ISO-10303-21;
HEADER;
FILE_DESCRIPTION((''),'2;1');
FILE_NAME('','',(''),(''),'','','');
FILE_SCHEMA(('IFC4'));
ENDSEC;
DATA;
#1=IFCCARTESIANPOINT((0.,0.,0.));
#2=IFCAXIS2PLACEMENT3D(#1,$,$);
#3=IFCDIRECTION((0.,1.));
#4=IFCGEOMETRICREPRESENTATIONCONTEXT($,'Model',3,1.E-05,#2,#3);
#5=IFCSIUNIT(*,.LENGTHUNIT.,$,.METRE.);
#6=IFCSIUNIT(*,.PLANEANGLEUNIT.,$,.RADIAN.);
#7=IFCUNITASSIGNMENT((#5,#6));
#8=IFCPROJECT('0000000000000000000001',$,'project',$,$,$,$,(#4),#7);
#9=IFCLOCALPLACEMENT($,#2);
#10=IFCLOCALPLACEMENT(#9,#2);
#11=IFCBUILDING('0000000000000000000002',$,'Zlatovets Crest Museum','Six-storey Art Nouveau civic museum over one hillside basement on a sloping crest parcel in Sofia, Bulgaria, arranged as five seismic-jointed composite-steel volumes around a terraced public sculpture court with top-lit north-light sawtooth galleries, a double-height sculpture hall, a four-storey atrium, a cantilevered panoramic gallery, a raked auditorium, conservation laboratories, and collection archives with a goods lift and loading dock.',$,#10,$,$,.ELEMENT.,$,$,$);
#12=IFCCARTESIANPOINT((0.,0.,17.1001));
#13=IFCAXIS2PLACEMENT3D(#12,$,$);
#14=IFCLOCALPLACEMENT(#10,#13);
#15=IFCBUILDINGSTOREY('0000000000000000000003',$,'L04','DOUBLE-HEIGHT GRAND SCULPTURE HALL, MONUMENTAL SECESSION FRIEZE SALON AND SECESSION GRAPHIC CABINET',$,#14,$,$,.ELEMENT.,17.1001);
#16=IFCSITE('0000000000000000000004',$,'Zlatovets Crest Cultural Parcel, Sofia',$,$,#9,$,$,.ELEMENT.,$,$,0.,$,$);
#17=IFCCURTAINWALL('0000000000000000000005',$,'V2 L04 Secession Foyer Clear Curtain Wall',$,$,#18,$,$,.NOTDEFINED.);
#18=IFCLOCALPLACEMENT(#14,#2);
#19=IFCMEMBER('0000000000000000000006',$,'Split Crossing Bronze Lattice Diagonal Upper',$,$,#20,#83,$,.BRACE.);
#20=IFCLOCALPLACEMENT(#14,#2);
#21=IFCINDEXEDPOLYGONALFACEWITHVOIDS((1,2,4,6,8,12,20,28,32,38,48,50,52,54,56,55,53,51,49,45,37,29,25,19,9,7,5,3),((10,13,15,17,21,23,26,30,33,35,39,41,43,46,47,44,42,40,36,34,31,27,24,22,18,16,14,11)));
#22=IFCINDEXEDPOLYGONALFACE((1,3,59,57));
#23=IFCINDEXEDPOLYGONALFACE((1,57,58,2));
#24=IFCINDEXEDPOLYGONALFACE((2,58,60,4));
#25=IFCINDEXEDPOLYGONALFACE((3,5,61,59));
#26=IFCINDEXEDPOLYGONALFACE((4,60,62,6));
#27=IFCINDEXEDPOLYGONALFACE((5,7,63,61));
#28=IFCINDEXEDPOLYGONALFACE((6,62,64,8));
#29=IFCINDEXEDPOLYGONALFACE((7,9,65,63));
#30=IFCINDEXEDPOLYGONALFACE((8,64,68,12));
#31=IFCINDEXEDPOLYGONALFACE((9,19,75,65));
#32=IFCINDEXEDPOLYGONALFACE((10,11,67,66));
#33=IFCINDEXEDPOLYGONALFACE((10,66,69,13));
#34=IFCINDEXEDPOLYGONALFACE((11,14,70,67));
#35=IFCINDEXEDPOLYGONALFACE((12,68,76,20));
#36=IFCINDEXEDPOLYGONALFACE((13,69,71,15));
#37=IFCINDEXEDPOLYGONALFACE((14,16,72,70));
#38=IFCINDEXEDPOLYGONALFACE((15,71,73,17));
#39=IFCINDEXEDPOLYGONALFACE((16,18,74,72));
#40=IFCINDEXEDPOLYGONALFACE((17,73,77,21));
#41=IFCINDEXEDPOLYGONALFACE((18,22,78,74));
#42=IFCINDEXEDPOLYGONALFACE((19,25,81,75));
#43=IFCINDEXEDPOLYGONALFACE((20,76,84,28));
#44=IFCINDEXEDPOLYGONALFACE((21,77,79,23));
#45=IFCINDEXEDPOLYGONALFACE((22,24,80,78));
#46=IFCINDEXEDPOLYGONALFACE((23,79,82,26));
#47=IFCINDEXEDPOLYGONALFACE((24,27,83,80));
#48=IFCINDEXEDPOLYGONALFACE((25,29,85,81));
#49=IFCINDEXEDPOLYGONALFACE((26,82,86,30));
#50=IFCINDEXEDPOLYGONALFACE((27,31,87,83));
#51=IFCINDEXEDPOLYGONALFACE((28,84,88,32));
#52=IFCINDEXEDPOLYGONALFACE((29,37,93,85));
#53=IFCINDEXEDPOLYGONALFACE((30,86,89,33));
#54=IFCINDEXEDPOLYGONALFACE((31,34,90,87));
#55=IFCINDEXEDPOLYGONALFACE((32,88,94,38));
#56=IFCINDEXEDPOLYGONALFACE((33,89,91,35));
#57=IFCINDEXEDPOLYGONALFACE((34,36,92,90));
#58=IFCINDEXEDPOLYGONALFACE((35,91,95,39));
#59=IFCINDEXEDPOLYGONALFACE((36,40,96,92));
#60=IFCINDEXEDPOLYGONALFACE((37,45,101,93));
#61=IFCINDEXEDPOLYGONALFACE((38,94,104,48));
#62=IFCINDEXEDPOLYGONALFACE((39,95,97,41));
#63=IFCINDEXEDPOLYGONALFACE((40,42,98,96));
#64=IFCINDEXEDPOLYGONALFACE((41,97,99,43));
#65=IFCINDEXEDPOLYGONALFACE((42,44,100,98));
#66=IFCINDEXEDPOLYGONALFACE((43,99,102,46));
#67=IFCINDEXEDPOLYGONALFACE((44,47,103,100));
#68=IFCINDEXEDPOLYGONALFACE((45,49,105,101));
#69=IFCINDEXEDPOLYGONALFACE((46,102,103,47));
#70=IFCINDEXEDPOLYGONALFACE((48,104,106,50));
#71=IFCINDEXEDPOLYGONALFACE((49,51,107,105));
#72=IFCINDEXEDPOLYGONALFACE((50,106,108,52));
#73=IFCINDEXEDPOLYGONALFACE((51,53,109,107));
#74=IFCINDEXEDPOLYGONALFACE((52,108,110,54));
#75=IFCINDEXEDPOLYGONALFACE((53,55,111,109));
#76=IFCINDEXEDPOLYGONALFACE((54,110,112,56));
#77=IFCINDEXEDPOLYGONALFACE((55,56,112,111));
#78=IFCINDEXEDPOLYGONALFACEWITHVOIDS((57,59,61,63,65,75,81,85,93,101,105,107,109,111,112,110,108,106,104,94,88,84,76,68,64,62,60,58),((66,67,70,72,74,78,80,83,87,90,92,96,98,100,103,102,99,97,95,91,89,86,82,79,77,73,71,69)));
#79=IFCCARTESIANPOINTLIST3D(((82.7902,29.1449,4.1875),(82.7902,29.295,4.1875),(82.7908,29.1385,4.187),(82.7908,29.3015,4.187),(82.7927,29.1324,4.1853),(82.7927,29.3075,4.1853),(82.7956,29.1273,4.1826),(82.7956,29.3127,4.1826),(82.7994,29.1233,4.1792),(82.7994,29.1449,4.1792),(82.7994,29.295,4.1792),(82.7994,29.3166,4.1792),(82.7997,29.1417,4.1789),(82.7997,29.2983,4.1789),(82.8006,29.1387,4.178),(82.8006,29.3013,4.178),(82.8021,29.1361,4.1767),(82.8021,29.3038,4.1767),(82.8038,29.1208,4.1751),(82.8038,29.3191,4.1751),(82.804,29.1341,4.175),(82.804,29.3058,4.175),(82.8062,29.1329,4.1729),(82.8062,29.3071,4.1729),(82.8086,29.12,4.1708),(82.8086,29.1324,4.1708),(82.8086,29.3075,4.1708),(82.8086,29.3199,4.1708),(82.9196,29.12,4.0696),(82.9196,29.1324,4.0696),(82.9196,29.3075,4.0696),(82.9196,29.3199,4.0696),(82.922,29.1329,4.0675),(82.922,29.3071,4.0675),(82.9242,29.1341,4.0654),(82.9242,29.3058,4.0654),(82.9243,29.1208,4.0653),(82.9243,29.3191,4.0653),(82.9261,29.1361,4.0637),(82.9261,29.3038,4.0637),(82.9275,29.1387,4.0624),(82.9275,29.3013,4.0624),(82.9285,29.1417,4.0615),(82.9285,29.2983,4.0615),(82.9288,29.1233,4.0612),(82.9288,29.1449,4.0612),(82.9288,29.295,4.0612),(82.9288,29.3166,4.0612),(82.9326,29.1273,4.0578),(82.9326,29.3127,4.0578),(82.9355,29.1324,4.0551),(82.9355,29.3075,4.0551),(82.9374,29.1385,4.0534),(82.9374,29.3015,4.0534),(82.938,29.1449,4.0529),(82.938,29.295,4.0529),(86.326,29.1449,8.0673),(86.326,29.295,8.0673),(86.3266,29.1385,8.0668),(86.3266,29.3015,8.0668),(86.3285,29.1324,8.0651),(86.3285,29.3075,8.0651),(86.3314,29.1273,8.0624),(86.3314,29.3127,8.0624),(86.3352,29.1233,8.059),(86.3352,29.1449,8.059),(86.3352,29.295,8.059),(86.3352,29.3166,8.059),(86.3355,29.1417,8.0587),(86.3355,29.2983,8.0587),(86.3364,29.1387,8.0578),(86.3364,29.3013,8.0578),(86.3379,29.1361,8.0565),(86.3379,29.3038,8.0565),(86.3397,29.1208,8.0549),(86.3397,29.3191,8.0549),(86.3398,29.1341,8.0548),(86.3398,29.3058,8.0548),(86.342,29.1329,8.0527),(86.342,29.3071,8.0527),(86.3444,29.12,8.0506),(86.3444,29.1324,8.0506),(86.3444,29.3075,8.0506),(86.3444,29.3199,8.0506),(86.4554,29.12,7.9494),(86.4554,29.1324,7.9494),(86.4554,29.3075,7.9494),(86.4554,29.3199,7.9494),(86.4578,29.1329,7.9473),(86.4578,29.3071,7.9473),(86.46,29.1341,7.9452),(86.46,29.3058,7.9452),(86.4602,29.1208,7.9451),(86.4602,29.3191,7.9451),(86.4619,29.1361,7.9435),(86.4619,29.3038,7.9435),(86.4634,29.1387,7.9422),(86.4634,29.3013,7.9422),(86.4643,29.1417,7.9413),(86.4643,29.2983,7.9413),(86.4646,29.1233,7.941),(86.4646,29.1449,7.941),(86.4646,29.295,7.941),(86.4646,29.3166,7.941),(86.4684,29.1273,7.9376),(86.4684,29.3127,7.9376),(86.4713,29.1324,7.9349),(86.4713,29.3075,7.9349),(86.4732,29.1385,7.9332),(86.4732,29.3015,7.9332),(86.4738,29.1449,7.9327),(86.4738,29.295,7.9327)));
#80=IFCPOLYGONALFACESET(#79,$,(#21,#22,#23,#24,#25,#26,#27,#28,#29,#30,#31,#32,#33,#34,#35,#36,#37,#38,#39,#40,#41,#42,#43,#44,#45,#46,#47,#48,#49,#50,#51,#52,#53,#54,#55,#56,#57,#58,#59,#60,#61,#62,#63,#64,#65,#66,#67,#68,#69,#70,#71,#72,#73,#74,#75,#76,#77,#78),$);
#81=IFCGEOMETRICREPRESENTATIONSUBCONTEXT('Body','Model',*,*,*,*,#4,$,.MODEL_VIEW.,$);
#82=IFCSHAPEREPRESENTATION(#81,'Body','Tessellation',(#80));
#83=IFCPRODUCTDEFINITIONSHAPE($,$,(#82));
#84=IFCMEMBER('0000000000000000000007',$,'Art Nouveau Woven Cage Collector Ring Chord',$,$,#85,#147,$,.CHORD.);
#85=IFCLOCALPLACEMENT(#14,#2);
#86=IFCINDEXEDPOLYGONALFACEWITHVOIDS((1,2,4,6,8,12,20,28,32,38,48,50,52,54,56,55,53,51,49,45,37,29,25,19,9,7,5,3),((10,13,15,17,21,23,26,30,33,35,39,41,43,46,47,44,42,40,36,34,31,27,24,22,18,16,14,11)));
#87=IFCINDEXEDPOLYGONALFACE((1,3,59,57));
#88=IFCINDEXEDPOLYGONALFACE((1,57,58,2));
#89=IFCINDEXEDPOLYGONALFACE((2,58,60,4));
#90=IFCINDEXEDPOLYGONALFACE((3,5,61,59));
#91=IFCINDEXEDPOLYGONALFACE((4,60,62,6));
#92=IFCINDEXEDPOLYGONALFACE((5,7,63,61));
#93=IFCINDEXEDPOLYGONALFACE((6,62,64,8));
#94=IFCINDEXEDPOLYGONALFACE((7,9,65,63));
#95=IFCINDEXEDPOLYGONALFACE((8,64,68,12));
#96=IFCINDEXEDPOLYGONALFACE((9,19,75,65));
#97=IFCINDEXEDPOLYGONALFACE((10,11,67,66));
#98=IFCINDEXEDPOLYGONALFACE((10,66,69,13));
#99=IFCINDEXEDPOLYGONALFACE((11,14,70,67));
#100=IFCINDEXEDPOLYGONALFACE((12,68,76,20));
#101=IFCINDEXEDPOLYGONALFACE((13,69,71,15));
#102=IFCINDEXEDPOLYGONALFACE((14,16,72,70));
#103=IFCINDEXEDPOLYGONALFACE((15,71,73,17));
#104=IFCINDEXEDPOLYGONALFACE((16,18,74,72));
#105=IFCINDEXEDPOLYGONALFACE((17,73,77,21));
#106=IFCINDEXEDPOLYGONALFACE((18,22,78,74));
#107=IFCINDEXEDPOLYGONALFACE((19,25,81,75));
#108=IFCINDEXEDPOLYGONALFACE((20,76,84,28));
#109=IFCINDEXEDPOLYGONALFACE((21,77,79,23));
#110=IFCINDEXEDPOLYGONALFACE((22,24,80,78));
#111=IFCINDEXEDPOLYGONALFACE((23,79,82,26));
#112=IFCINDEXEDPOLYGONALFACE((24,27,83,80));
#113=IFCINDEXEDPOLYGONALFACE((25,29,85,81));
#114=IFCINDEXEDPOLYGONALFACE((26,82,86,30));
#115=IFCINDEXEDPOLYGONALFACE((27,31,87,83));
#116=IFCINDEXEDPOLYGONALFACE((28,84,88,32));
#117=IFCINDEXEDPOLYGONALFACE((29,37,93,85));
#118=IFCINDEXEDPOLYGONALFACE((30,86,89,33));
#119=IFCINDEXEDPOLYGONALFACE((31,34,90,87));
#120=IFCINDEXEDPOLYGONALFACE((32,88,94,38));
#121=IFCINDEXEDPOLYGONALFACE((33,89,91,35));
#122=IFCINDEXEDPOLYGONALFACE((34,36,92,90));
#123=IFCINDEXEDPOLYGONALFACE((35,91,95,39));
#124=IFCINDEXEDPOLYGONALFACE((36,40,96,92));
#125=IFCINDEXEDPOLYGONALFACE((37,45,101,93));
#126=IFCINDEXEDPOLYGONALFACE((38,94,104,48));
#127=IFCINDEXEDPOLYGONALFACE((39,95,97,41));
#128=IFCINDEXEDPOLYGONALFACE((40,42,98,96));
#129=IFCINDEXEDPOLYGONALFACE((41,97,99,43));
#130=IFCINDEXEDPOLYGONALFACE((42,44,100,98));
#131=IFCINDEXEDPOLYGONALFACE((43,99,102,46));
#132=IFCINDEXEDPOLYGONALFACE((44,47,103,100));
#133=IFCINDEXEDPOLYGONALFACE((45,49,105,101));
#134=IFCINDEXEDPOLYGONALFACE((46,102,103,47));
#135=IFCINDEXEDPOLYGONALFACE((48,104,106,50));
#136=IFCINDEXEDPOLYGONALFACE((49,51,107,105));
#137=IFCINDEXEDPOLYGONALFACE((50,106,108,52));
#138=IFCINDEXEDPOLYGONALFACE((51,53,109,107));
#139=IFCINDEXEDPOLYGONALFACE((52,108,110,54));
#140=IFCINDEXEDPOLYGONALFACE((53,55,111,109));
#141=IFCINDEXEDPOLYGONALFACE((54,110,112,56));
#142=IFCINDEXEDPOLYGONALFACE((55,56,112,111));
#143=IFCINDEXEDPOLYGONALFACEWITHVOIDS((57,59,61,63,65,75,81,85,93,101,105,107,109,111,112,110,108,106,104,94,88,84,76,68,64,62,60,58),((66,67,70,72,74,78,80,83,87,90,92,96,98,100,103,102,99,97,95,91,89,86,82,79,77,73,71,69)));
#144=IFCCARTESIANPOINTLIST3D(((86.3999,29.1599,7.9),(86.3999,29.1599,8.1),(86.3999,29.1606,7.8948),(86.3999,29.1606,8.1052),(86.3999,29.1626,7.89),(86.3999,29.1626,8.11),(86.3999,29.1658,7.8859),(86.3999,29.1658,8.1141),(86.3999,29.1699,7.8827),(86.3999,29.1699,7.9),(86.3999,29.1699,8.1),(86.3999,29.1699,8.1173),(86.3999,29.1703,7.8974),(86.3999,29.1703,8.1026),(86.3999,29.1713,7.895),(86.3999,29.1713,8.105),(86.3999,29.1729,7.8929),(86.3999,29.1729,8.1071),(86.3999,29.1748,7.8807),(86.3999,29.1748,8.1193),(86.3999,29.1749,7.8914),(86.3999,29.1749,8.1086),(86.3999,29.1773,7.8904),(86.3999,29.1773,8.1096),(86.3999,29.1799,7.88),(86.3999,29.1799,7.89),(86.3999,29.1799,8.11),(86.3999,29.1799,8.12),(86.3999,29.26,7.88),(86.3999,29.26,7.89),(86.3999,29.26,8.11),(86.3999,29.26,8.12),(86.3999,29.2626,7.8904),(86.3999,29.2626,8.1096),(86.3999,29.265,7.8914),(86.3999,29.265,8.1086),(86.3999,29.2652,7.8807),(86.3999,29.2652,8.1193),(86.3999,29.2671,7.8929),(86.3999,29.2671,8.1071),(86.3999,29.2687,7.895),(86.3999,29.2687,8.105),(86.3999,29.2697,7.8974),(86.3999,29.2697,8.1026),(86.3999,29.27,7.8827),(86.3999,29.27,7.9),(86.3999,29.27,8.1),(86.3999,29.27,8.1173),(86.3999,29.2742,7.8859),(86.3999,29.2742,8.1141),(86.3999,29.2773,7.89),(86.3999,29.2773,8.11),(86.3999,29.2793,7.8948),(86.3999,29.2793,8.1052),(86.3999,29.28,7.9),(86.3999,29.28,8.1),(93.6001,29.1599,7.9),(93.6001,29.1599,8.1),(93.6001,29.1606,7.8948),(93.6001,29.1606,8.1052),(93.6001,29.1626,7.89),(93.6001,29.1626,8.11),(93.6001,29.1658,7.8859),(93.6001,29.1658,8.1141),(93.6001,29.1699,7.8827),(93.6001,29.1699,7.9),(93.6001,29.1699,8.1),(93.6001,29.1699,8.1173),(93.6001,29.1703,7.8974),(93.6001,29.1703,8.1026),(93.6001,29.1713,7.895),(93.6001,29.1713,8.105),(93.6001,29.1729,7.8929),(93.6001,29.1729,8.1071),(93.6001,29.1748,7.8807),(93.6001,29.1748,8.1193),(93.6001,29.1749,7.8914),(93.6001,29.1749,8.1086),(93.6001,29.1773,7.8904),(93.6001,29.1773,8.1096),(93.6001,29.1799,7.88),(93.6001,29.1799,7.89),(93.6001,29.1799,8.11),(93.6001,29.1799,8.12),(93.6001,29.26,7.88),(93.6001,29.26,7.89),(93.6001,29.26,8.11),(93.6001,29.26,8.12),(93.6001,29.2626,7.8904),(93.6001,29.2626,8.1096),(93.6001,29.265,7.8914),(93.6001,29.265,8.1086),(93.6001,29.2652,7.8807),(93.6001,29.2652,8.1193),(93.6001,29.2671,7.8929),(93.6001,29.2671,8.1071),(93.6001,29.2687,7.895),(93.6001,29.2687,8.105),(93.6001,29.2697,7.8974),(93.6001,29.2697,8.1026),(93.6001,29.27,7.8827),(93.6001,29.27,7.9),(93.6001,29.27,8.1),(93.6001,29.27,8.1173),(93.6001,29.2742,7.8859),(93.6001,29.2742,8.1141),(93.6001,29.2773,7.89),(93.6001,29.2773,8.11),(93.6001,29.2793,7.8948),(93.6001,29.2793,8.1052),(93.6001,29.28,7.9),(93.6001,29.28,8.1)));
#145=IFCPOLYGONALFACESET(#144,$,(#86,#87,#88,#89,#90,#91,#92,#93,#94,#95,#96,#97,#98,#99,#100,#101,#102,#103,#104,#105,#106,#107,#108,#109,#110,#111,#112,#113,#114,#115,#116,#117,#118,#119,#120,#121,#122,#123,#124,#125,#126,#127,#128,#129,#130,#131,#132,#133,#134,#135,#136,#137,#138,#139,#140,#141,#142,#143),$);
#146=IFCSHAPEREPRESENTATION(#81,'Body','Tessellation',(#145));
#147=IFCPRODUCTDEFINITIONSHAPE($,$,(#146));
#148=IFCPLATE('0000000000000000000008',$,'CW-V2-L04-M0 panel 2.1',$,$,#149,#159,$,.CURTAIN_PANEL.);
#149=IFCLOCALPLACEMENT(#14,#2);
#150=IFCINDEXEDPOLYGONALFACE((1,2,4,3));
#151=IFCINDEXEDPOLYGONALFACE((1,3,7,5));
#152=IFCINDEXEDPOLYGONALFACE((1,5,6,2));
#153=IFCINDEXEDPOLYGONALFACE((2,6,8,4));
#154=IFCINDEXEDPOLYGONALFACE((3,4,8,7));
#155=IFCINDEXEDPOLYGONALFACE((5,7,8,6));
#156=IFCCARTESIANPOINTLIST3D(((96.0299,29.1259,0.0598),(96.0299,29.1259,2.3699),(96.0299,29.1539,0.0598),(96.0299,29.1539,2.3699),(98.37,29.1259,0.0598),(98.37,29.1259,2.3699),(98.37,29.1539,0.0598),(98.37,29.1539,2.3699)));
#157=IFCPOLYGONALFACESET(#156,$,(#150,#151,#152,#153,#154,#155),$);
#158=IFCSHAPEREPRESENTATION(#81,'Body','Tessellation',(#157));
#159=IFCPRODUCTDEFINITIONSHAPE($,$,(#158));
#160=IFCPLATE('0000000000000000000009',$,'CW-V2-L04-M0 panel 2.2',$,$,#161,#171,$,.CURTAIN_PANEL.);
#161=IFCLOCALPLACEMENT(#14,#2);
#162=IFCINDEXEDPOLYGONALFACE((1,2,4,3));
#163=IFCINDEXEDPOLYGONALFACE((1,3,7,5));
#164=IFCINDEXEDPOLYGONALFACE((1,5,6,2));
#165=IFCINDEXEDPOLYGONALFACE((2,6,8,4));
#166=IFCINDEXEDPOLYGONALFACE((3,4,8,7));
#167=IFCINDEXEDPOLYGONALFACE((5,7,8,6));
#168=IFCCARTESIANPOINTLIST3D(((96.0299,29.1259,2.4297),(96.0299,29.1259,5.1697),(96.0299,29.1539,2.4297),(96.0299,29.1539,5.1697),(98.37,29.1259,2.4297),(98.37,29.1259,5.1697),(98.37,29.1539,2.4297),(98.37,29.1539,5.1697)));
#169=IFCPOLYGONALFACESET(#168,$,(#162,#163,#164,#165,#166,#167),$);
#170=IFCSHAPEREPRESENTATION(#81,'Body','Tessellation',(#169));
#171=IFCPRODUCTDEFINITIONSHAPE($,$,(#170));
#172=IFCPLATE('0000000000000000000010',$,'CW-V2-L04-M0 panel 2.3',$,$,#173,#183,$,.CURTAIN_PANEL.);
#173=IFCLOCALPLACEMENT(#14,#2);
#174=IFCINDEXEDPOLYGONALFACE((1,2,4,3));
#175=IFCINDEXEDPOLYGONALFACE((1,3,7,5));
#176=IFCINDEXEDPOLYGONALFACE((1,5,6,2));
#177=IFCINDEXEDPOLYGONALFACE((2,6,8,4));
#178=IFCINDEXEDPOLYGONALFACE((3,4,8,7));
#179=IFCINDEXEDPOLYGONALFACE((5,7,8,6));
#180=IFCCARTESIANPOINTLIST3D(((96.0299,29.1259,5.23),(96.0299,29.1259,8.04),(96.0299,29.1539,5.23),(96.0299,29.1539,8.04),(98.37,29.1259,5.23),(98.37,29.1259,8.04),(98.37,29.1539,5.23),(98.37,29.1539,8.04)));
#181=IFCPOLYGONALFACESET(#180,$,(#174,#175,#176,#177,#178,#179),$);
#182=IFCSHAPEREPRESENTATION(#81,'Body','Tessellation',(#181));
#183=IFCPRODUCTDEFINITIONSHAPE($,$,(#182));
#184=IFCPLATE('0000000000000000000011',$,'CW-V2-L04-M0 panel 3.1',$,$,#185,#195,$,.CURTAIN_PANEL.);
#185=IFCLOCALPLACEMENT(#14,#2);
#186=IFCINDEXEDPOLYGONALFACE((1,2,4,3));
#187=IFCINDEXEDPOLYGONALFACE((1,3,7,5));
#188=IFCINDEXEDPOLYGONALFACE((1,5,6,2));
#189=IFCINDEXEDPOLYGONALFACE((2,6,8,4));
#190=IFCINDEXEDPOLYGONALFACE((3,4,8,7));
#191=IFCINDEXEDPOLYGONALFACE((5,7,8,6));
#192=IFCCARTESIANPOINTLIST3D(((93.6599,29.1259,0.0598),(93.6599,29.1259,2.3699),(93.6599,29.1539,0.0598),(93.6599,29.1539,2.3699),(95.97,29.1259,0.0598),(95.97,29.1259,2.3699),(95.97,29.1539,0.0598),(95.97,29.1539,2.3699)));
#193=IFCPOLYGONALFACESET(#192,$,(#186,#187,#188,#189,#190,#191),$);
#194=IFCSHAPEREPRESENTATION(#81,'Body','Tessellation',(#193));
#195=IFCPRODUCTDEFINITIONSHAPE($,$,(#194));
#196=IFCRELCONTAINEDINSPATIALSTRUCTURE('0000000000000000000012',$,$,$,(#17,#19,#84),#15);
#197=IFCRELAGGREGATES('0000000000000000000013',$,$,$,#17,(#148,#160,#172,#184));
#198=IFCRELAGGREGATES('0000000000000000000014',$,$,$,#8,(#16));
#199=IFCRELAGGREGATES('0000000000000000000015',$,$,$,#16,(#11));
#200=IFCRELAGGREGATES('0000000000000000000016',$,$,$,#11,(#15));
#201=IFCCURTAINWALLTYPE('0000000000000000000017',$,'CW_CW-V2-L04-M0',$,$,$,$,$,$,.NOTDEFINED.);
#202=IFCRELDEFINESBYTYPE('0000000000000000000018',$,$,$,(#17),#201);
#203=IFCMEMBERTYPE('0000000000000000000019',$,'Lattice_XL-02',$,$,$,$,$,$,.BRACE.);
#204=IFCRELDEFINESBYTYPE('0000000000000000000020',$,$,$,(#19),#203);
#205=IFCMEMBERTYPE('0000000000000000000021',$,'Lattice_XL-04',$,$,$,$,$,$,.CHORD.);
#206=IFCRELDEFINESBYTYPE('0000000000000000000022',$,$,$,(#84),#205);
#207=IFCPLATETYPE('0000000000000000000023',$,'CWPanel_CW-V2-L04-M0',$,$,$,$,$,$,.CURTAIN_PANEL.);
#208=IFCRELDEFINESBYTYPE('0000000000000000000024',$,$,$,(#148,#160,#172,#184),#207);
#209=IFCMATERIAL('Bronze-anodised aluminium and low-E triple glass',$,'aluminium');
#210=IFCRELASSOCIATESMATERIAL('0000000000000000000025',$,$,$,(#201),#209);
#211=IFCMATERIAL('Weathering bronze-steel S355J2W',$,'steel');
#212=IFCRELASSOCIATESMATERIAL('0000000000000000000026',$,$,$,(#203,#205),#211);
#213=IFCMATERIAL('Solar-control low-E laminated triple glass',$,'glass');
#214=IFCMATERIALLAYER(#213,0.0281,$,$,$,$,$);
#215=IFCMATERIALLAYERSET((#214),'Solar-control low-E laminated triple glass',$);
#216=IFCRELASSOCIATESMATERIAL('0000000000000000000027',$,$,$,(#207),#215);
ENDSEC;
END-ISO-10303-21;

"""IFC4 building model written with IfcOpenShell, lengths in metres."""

from ifc_helpers import new_model, si_unit, direction, frame, origin, origin_2d, place, context, subcontext, project, spatial, rectangle, hollow_rectangle, extrude, material, layer, layer_set, material_profile, profile_set, type_object, element, aggregate, save


model = new_model("IFC4")

# Units and contexts
model_context = context("Model", 3, precision=1e-05, world=origin(), true_north=direction((0.0, 1.0)))
body_context = subcontext(model_context, "Body", "Model", "MODEL_VIEW")
ifc_project = project(units=[si_unit("LENGTHUNIT", "METRE"), si_unit("PLANEANGLEUNIT", "RADIAN")], contexts=[model_context])

# Site, building, storey
site_placement = place(None, origin())
site = spatial("IfcSite", under=ifc_project, at=site_placement, Name="Zlatovets Crest Cultural Parcel, Sofia", CompositionType="ELEMENT", RefElevation=0.0)
building_placement = place(site_placement, origin())
building = spatial("IfcBuilding", under=site, at=building_placement, Name="Zlatovets Crest Museum", Description="Six-storey Art Nouveau civic museum over one hillside basement on a sloping crest parcel in Sofia, Bulgaria, arranged as five seismic-jointed composite-steel volumes around a terraced public sculpture court with top-lit north-light sawtooth galleries, a double-height sculpture hall, a four-storey atrium, a cantilevered panoramic gallery, a raked auditorium, conservation laboratories, and collection archives with a goods lift and loading dock.", CompositionType="ELEMENT")
storey_placement = place(building_placement, frame((0.0, 0.0, 17.1001)))
storey = spatial("IfcBuildingStorey", under=building, at=storey_placement, Name="L04", Description="DOUBLE-HEIGHT GRAND SCULPTURE HALL, MONUMENTAL SECESSION FRIEZE SALON AND SECESSION GRAPHIC CABINET", CompositionType="ELEMENT", Elevation=17.1001)

# Curtain wall
ifc_material_1 = material(Name="Bronze-anodised aluminium and low-E triple glass", Category="aluminium")
curtain_wall_type_1 = type_object("IfcCurtainWallType", Name="CW_CW-V2-L04-M0", PredefinedType="NOTDEFINED", material=ifc_material_1)
curtain_wall_1_placement = place(storey_placement, origin())
curtain_wall_1 = element("IfcCurtainWall", 1, at=curtain_wall_1_placement, inside=storey, type_object=curtain_wall_type_1, Name="V2 L04 Secession Foyer Clear Curtain Wall", PredefinedType="NOTDEFINED")

# Members
ifc_material_2 = material(Name="Weathering bronze-steel S355J2W", Category="steel")
ifc_material_profile_1 = material_profile(ifc_material_2, hollow_rectangle(XDim=0.2, YDim=0.2, WallThickness=0.0125, InnerFilletRadius=0.0125, OuterFilletRadius=0.0249, at=origin_2d()), Name="SHS 200x200x12.5")
ifc_profile_set_1 = profile_set([ifc_material_profile_1], Name="Weathering bronze-steel S355J2W")
member_type_1 = type_object("IfcMemberType", Name="Lattice_XL-02", PredefinedType="BRACE", material=ifc_profile_set_1)
member_1_placement = place(storey_placement, frame((86.3999, 29.22, 8.0), z_axis=(-0.673582, 0.0, -0.739112), x_axis=(0.0, -1.0, 0.0)))
element("IfcMember", 2, at=member_1_placement, inside=storey, type_object=member_type_1, Name="Split Crossing Bronze Lattice Diagonal Upper", PredefinedType="BRACE", context=body_context, shape_type="SweptSolid", body=[
    extrude(hollow_rectangle(XDim=0.2, YDim=0.2, WallThickness=0.0125, InnerFilletRadius=0.0125, OuterFilletRadius=0.0249, at=origin_2d()), origin(), (0.0, 0.0, 1.0), 5.2493),
])
ifc_material_profile_2 = material_profile(ifc_material_2, hollow_rectangle(XDim=0.1201, YDim=0.24, WallThickness=0.01, InnerFilletRadius=0.01, OuterFilletRadius=0.02, at=origin_2d()), Name="RHS 120x240x10.0")
ifc_profile_set_2 = profile_set([ifc_material_profile_2], Name="Weathering bronze-steel S355J2W")
member_type_2 = type_object("IfcMemberType", Name="Lattice_XL-04", PredefinedType="CHORD", material=ifc_profile_set_2)
member_2_placement = place(storey_placement, frame((93.6001, 29.22, 8.0), z_axis=(-1.0, 0.0, 0.0), x_axis=(0.0, -1.0, 0.0)))
element("IfcMember", 3, at=member_2_placement, inside=storey, type_object=member_type_2, Name="Art Nouveau Woven Cage Collector Ring Chord", PredefinedType="CHORD", context=body_context, shape_type="SweptSolid", body=[
    extrude(hollow_rectangle(XDim=0.1201, YDim=0.24, WallThickness=0.01, InnerFilletRadius=0.01, OuterFilletRadius=0.02, at=origin_2d()), origin(), (0.0, 0.0, 1.0), 7.2002),
])

# Plates
ifc_material_3 = material(Name="Solar-control low-E laminated triple glass", Category="glass")
ifc_layer_1 = layer(ifc_material_3, 0.0281)
ifc_layer_set_1 = layer_set([ifc_layer_1], Name="Solar-control low-E laminated triple glass")
plate_type_1 = type_object("IfcPlateType", Name="CWPanel_CW-V2-L04-M0", PredefinedType="CURTAIN_PANEL", material=ifc_layer_set_1)
plate_1_placement = place(storey_placement, frame((97.2, 29.1399, 0.0598), z_axis=(0.0, 0.0, 1.0), x_axis=(-1.0, 0.0, 0.0)))
plate_1 = element("IfcPlate", 4, at=plate_1_placement, type_object=plate_type_1, Name="CW-V2-L04-M0 panel 2.1", PredefinedType="CURTAIN_PANEL", context=body_context, shape_type="SweptSolid", body=[
    extrude(rectangle(XDim=2.3401, YDim=0.0281, at=origin_2d()), origin(), (0.0, 0.0, 1.0), 2.3101),
])
plate_2_placement = place(storey_placement, frame((97.2, 29.1399, 2.4297), z_axis=(0.0, 0.0, 1.0), x_axis=(-1.0, 0.0, 0.0)))
plate_2 = element("IfcPlate", 5, at=plate_2_placement, type_object=plate_type_1, Name="CW-V2-L04-M0 panel 2.2", PredefinedType="CURTAIN_PANEL", context=body_context, shape_type="SweptSolid", body=[
    extrude(rectangle(XDim=2.3401, YDim=0.0281, at=origin_2d()), origin(), (0.0, 0.0, 1.0), 2.74),
])
plate_3_placement = place(storey_placement, frame((97.2, 29.1399, 5.23), z_axis=(0.0, 0.0, 1.0), x_axis=(-1.0, 0.0, 0.0)))
plate_3 = element("IfcPlate", 6, at=plate_3_placement, type_object=plate_type_1, Name="CW-V2-L04-M0 panel 2.3", PredefinedType="CURTAIN_PANEL", context=body_context, shape_type="SweptSolid", body=[
    extrude(rectangle(XDim=2.3401, YDim=0.0281, at=origin_2d()), origin(), (0.0, 0.0, 1.0), 2.8101),
])
plate_4_placement = place(storey_placement, frame((94.8149, 29.1399, 0.0598), z_axis=(0.0, 0.0, 1.0), x_axis=(-1.0, 0.0, 0.0)))
plate_4 = element("IfcPlate", 7, at=plate_4_placement, type_object=plate_type_1, Name="CW-V2-L04-M0 panel 3.1", PredefinedType="CURTAIN_PANEL", context=body_context, shape_type="SweptSolid", body=[
    extrude(rectangle(XDim=2.3101, YDim=0.0281, at=origin_2d()), origin(), (0.0, 0.0, 1.0), 2.3101),
])
aggregate(curtain_wall_1, [plate_1, plate_2, plate_3, plate_4])

save(model, "model.ifc")
